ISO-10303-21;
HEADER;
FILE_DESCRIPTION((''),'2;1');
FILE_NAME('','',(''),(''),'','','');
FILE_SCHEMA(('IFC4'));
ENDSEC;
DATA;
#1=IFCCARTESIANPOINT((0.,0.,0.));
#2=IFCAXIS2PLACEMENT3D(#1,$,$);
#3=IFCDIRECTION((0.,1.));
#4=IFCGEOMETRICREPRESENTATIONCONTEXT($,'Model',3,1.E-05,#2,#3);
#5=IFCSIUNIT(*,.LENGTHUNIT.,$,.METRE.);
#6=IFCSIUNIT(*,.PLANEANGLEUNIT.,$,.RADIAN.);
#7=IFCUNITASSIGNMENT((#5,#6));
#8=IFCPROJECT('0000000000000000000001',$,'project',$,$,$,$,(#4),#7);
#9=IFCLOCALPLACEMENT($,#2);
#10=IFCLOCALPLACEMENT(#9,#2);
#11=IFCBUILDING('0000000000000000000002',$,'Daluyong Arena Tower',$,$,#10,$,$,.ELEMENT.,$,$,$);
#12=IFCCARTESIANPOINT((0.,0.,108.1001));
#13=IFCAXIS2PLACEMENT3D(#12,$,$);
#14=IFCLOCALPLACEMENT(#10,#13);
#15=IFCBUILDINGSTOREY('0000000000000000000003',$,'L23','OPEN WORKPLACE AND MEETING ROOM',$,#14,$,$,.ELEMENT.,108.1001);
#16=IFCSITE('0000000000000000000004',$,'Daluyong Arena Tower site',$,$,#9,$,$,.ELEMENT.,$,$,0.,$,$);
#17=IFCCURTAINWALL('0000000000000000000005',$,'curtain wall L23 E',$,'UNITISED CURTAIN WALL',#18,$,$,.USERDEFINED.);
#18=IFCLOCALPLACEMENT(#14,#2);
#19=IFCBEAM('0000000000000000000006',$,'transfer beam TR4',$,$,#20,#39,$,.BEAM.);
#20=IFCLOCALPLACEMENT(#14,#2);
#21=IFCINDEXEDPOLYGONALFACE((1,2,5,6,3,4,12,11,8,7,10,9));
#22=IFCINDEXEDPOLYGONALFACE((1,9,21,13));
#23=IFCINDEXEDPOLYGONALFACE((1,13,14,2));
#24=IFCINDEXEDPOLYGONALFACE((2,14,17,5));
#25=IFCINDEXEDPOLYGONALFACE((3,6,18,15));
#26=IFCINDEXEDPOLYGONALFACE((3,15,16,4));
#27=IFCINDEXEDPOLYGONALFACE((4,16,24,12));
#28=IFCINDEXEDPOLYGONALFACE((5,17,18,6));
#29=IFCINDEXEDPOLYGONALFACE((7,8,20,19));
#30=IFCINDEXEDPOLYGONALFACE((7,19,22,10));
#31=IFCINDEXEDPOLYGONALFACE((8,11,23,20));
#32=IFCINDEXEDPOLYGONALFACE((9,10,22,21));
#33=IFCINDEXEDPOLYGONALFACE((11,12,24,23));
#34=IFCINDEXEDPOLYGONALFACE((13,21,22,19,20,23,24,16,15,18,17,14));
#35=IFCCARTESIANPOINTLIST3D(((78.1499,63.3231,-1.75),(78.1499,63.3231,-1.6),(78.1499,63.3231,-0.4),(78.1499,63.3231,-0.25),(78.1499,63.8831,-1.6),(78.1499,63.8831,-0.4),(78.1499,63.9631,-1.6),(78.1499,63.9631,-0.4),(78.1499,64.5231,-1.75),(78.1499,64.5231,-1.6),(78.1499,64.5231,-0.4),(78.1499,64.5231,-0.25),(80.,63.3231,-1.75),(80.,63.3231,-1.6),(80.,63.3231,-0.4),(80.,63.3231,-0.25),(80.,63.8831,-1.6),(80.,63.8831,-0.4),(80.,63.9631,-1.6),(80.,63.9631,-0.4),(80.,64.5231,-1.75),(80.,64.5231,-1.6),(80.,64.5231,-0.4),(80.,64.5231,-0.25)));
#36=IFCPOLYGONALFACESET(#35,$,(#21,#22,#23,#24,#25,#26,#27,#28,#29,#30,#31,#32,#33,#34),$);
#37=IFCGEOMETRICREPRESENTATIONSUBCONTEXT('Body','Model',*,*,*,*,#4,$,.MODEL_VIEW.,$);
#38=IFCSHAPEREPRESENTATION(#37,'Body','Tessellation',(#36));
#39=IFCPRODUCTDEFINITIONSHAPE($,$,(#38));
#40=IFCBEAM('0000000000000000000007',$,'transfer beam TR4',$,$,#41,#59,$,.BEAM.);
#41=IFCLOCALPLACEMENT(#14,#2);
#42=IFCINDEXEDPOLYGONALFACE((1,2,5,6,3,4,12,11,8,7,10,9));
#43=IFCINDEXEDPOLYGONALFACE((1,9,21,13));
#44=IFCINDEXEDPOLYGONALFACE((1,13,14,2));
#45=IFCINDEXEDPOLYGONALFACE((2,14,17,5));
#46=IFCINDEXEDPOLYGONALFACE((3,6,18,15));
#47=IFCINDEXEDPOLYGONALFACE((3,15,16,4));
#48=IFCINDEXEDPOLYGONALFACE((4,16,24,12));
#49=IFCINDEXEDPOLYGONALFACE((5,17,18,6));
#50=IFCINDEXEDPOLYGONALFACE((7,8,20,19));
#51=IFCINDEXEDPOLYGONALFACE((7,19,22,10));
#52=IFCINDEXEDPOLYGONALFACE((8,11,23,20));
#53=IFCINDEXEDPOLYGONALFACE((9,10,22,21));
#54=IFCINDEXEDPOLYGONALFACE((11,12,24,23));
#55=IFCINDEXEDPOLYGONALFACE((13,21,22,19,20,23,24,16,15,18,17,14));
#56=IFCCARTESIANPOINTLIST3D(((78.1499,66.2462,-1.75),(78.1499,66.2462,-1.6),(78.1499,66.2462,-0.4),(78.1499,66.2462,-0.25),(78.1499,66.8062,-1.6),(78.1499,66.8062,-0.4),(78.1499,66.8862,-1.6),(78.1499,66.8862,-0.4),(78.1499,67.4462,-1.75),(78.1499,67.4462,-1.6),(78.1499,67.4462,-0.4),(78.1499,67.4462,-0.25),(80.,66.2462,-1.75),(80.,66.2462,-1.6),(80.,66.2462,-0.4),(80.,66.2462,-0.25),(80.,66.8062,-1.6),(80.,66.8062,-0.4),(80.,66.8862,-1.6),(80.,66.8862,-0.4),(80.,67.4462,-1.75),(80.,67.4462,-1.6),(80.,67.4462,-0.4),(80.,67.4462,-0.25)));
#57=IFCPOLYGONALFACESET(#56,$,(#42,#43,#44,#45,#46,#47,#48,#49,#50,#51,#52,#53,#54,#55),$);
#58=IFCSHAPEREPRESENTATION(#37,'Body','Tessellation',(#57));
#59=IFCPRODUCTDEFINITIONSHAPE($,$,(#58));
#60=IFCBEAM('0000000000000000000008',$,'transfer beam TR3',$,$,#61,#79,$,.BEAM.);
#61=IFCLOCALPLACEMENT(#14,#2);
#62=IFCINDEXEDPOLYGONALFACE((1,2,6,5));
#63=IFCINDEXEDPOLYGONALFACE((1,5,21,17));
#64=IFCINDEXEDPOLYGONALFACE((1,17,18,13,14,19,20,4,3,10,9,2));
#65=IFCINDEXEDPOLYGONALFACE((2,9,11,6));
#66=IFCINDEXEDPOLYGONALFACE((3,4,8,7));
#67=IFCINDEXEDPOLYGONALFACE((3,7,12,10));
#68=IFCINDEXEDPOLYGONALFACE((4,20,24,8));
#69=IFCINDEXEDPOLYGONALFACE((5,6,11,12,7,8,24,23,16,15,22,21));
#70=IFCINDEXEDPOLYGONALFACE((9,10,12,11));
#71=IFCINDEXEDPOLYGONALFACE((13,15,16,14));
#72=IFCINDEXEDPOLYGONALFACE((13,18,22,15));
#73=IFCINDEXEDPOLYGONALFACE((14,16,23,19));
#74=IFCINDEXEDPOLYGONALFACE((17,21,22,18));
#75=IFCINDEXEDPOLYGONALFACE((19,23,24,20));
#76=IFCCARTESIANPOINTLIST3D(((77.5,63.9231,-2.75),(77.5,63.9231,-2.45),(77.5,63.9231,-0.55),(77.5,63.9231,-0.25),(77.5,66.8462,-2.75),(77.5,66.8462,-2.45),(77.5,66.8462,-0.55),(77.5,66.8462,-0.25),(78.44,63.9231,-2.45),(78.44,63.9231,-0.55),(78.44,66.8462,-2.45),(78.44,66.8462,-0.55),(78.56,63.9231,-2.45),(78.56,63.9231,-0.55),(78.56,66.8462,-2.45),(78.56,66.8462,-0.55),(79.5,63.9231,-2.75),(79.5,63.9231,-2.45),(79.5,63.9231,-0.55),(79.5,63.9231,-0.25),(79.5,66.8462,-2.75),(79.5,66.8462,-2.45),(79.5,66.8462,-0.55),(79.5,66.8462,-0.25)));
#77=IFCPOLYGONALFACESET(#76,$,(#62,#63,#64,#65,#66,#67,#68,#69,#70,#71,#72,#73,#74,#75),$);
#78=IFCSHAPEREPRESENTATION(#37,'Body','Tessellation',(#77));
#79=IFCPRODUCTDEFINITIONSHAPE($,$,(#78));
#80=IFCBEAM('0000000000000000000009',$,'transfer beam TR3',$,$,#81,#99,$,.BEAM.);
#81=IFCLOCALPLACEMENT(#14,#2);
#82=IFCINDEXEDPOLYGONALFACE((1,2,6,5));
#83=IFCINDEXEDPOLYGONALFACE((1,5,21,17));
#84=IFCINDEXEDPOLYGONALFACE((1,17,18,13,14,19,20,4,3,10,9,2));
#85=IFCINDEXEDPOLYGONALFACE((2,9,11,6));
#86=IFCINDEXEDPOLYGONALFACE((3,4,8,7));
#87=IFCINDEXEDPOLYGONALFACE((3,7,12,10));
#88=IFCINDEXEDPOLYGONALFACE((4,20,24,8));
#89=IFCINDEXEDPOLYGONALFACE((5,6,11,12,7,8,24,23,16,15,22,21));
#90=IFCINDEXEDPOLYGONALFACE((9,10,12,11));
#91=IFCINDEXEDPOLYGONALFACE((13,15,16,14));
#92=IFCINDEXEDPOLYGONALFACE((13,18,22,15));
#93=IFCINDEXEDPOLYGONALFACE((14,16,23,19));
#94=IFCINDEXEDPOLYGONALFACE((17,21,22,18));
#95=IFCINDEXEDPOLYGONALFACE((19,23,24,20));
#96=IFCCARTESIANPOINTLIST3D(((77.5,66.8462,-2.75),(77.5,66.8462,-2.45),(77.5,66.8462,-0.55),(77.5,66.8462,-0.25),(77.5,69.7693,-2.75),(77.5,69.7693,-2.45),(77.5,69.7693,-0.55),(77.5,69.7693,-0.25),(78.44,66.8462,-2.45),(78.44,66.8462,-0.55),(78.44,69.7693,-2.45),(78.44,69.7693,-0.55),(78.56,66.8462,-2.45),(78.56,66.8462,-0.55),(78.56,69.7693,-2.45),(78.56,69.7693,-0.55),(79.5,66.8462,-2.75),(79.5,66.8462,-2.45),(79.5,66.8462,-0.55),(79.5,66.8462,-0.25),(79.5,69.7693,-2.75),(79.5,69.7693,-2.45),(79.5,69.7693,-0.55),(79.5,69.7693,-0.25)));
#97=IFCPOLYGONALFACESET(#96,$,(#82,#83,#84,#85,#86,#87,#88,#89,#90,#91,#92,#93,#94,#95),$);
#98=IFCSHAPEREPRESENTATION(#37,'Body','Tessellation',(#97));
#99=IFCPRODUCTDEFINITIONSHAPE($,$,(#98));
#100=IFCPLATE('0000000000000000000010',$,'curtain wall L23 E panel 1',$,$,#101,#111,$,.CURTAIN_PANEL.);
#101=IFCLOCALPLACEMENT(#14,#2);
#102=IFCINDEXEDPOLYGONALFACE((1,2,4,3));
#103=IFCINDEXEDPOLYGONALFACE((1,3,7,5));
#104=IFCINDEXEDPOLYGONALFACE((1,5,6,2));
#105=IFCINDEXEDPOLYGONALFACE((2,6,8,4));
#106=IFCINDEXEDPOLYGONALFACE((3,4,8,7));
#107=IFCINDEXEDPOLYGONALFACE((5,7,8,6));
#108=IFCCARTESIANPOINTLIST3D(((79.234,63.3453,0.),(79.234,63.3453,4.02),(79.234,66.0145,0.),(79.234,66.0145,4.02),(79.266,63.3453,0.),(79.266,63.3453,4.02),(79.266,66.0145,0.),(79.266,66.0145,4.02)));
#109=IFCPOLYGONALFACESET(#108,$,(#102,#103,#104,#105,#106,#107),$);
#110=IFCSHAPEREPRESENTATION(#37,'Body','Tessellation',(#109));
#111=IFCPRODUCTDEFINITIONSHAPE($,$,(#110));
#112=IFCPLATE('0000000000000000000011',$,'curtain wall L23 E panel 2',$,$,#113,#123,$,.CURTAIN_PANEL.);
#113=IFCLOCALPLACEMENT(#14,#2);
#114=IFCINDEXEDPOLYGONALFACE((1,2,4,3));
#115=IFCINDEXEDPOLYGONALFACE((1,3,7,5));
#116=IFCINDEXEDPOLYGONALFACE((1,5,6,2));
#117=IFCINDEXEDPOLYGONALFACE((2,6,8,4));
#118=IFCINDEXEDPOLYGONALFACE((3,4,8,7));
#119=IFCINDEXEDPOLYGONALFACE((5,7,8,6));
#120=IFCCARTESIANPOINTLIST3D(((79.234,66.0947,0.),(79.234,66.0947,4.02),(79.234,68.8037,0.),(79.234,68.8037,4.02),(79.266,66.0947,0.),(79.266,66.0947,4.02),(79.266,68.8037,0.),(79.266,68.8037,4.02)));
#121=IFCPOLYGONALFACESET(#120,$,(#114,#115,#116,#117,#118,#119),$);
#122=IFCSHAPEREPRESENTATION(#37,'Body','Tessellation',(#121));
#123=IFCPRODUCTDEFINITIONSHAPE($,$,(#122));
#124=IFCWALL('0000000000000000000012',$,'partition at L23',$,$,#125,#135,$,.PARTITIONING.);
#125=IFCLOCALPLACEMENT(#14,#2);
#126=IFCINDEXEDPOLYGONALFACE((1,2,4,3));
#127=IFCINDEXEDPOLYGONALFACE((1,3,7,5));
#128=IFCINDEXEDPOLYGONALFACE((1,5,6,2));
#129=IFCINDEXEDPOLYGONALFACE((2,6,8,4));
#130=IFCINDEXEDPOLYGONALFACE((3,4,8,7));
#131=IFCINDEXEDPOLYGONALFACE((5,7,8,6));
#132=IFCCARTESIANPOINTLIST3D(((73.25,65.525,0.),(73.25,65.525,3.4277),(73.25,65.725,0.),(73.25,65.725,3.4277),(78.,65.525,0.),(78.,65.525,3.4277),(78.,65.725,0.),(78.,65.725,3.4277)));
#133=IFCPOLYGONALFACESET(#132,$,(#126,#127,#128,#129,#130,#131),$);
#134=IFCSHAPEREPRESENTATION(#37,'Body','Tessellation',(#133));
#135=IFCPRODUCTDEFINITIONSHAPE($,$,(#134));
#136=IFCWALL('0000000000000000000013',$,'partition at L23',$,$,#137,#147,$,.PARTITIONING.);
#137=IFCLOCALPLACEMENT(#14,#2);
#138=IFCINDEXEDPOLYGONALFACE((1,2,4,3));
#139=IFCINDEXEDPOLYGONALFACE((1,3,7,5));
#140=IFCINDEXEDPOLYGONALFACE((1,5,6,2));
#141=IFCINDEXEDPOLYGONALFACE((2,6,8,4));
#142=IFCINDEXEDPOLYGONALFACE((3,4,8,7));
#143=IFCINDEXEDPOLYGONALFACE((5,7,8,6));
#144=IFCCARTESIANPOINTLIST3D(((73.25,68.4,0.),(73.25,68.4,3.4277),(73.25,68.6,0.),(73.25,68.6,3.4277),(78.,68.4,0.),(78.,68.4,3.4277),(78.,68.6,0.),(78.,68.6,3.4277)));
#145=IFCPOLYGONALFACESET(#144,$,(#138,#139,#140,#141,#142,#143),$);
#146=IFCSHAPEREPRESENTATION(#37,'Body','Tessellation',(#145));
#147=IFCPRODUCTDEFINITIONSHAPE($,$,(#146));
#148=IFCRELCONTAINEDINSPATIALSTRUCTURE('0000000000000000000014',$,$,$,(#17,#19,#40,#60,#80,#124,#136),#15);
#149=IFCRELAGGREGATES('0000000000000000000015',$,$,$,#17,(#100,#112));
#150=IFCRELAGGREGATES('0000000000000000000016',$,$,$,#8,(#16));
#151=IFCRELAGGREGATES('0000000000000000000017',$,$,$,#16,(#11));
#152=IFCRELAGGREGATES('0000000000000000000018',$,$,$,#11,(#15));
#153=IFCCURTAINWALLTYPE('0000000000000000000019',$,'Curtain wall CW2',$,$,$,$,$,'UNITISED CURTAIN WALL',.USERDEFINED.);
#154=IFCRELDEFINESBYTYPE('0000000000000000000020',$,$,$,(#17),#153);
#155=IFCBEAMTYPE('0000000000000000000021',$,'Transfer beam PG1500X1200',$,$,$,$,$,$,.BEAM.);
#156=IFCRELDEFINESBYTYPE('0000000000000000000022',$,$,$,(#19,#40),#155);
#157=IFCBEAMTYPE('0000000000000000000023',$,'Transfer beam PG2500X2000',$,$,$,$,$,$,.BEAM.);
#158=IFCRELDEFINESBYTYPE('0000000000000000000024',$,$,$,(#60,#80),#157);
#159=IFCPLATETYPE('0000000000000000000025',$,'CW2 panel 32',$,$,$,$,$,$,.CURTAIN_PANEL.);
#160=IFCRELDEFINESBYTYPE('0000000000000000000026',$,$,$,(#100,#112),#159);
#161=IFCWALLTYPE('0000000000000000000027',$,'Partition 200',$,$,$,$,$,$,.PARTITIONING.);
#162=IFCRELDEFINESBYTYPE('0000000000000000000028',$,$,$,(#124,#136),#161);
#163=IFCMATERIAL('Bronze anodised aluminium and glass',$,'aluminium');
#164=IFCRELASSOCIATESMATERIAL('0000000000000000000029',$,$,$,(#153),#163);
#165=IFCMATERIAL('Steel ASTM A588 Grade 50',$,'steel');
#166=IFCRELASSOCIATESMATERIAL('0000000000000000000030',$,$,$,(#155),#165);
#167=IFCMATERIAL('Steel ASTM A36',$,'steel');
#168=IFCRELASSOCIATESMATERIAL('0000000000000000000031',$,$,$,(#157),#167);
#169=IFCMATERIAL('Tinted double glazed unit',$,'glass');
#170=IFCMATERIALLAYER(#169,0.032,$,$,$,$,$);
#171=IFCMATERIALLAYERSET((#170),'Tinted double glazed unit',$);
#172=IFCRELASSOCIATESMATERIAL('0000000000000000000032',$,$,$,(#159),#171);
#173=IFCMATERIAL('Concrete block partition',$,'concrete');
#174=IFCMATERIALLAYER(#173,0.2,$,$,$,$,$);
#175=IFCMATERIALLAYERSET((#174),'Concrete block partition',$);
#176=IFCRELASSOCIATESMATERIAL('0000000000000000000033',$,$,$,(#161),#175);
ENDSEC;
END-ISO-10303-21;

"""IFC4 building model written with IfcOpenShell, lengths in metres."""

from ifc_helpers import new_model, si_unit, direction, frame, frame_2d, origin, origin_2d, place, context, subcontext, project, spatial, rectangle, i_section, extrude, material, layer, layer_set, material_profile, profile_set, type_object, element, aggregate, save


model = new_model("IFC4")

# Units and contexts
model_context = context("Model", 3, precision=1e-05, world=origin(), true_north=direction((0.0, 1.0)))
body_context = subcontext(model_context, "Body", "Model", "MODEL_VIEW")
ifc_project = project(units=[si_unit("LENGTHUNIT", "METRE"), si_unit("PLANEANGLEUNIT", "RADIAN")], contexts=[model_context])

# Site, building, storey
site_placement = place(None, origin())
site = spatial("IfcSite", under=ifc_project, at=site_placement, Name="Daluyong Arena Tower site", CompositionType="ELEMENT", RefElevation=0.0)
building_placement = place(site_placement, origin())
building = spatial("IfcBuilding", under=site, at=building_placement, Name="Daluyong Arena Tower", CompositionType="ELEMENT")
storey_placement = place(building_placement, frame((0.0, 0.0, 108.1001)))
storey = spatial("IfcBuildingStorey", under=building, at=storey_placement, Name="L23", Description="OPEN WORKPLACE AND MEETING ROOM", CompositionType="ELEMENT", Elevation=108.1001)

# Curtain wall
ifc_material_1 = material(Name="Bronze anodised aluminium and glass", Category="aluminium")
curtain_wall_type = type_object("IfcCurtainWallType", Name="Curtain wall CW2", ElementType="UNITISED CURTAIN WALL", PredefinedType="USERDEFINED", material=ifc_material_1)
curtain_wall_placement = place(storey_placement, origin())
curtain_wall = element("IfcCurtainWall", 1, at=curtain_wall_placement, inside=storey, type_object=curtain_wall_type, Name="curtain wall L23 E", ObjectType="UNITISED CURTAIN WALL", PredefinedType="USERDEFINED")

# Beams
ifc_material_2 = material(Name="Steel ASTM A588 Grade 50", Category="steel")
ifc_material_profile_1 = material_profile(ifc_material_2, i_section(OverallWidth=1.2, OverallDepth=1.5, WebThickness=0.08, FlangeThickness=0.15, at=origin_2d()))
ifc_profile_set_1 = profile_set([ifc_material_profile_1], Name="Steel ASTM A588 Grade 50")
beam_type_1 = type_object("IfcBeamType", Name="Transfer beam PG1500X1200", PredefinedType="BEAM", material=ifc_profile_set_1)
for number, where, z_axis, x_axis, name in (
    (2, (80.0, 63.9231, -1.0), (-1.0, 0.0, 0.0), (0.0, -1.0, 0.0), "transfer beam TR4"),
    (3, (80.0, 66.8462, -1.0), (-1.0, 0.0, 0.0), (0.0, -1.0, 0.0), "transfer beam TR4"),
):
    element("IfcBeam", number, at=place(storey_placement, frame(where, z_axis=z_axis, x_axis=x_axis)), inside=storey, type_object=beam_type_1, Name=name, PredefinedType="BEAM", context=body_context, shape_type="SweptSolid", body=[
        extrude(i_section(OverallWidth=1.2, OverallDepth=1.5, WebThickness=0.08, FlangeThickness=0.15, at=origin_2d()), origin(), (0.0, 0.0, 1.0), 1.8501),
    ])
ifc_material_3 = material(Name="Steel ASTM A36", Category="steel")
ifc_material_profile_2 = material_profile(ifc_material_3, i_section(OverallWidth=2.0, OverallDepth=2.5, WebThickness=0.12, FlangeThickness=0.3, at=origin_2d()))
ifc_profile_set_2 = profile_set([ifc_material_profile_2], Name="Steel ASTM A36")
beam_type_2 = type_object("IfcBeamType", Name="Transfer beam PG2500X2000", PredefinedType="BEAM", material=ifc_profile_set_2)
for number, where, z_axis, x_axis, name in (
    (4, (78.5, 63.9231, -1.5), (0.0, 1.0, 0.0), (-1.0, 0.0, 0.0), "transfer beam TR3"),
    (5, (78.5, 66.8462, -1.5), (0.0, 1.0, 0.0), (-1.0, 0.0, 0.0), "transfer beam TR3"),
):
    element("IfcBeam", number, at=place(storey_placement, frame(where, z_axis=z_axis, x_axis=x_axis)), inside=storey, type_object=beam_type_2, Name=name, PredefinedType="BEAM", context=body_context, shape_type="SweptSolid", body=[
        extrude(i_section(OverallWidth=2.0, OverallDepth=2.5, WebThickness=0.12, FlangeThickness=0.3, at=origin_2d()), origin(), (0.0, 0.0, 1.0), 2.9231),
    ])

# Plates
ifc_material_4 = material(Name="Tinted double glazed unit", Category="glass")
ifc_layer_1 = layer(ifc_material_4, 0.032)
ifc_layer_set_1 = layer_set([ifc_layer_1], Name="Tinted double glazed unit")
plate_type = type_object("IfcPlateType", Name="CW2 panel 32", PredefinedType="CURTAIN_PANEL", material=ifc_layer_set_1)
plate_1_placement = place(storey_placement, frame((79.25, 64.6799, 0.0), z_axis=(0.0, 0.0, 1.0), x_axis=(0.0, 1.0, 0.0)))
plate_1 = element("IfcPlate", 6, at=plate_1_placement, type_object=plate_type, Name="curtain wall L23 E panel 1", PredefinedType="CURTAIN_PANEL", context=body_context, shape_type="SweptSolid", body=[
    extrude(rectangle(XDim=2.6692, YDim=0.032, at=origin_2d()), origin(), (0.0, 0.0, 1.0), 4.02),
])
plate_2_placement = place(storey_placement, frame((79.25, 67.4492, 0.0), z_axis=(0.0, 0.0, 1.0), x_axis=(0.0, 1.0, 0.0)))
plate_2 = element("IfcPlate", 7, at=plate_2_placement, type_object=plate_type, Name="curtain wall L23 E panel 2", PredefinedType="CURTAIN_PANEL", context=body_context, shape_type="SweptSolid", body=[
    extrude(rectangle(XDim=2.709, YDim=0.032, at=origin_2d()), origin(), (0.0, 0.0, 1.0), 4.02),
])
aggregate(curtain_wall, [plate_1, plate_2])

# Walls
ifc_material_5 = material(Name="Concrete block partition", Category="concrete")
ifc_layer_2 = layer(ifc_material_5, 0.2)
ifc_layer_set_2 = layer_set([ifc_layer_2], Name="Concrete block partition")
wall_type_1 = type_object("IfcWallType", Name="Partition 200", PredefinedType="PARTITIONING", material=ifc_layer_set_2)
for number, where, z_axis, x_axis, name in (
    (8, (73.25, 65.625, 0.0), (0.0, 0.0, 1.0), (1.0, 0.0, 0.0), "partition at L23"),
    (9, (73.25, 68.5, 0.0), (0.0, 0.0, 1.0), (1.0, 0.0, 0.0), "partition at L23"),
):
    element("IfcWall", number, at=place(storey_placement, frame(where, z_axis=z_axis, x_axis=x_axis)), inside=storey, type_object=wall_type_1, Name=name, PredefinedType="PARTITIONING", context=body_context, shape_type="SweptSolid", body=[
        extrude(rectangle(XDim=4.75, YDim=0.2, at=frame_2d((2.375, 0.0))), origin(), (0.0, 0.0, 1.0), 3.4277),
    ])

save(model, "model.ifc")
